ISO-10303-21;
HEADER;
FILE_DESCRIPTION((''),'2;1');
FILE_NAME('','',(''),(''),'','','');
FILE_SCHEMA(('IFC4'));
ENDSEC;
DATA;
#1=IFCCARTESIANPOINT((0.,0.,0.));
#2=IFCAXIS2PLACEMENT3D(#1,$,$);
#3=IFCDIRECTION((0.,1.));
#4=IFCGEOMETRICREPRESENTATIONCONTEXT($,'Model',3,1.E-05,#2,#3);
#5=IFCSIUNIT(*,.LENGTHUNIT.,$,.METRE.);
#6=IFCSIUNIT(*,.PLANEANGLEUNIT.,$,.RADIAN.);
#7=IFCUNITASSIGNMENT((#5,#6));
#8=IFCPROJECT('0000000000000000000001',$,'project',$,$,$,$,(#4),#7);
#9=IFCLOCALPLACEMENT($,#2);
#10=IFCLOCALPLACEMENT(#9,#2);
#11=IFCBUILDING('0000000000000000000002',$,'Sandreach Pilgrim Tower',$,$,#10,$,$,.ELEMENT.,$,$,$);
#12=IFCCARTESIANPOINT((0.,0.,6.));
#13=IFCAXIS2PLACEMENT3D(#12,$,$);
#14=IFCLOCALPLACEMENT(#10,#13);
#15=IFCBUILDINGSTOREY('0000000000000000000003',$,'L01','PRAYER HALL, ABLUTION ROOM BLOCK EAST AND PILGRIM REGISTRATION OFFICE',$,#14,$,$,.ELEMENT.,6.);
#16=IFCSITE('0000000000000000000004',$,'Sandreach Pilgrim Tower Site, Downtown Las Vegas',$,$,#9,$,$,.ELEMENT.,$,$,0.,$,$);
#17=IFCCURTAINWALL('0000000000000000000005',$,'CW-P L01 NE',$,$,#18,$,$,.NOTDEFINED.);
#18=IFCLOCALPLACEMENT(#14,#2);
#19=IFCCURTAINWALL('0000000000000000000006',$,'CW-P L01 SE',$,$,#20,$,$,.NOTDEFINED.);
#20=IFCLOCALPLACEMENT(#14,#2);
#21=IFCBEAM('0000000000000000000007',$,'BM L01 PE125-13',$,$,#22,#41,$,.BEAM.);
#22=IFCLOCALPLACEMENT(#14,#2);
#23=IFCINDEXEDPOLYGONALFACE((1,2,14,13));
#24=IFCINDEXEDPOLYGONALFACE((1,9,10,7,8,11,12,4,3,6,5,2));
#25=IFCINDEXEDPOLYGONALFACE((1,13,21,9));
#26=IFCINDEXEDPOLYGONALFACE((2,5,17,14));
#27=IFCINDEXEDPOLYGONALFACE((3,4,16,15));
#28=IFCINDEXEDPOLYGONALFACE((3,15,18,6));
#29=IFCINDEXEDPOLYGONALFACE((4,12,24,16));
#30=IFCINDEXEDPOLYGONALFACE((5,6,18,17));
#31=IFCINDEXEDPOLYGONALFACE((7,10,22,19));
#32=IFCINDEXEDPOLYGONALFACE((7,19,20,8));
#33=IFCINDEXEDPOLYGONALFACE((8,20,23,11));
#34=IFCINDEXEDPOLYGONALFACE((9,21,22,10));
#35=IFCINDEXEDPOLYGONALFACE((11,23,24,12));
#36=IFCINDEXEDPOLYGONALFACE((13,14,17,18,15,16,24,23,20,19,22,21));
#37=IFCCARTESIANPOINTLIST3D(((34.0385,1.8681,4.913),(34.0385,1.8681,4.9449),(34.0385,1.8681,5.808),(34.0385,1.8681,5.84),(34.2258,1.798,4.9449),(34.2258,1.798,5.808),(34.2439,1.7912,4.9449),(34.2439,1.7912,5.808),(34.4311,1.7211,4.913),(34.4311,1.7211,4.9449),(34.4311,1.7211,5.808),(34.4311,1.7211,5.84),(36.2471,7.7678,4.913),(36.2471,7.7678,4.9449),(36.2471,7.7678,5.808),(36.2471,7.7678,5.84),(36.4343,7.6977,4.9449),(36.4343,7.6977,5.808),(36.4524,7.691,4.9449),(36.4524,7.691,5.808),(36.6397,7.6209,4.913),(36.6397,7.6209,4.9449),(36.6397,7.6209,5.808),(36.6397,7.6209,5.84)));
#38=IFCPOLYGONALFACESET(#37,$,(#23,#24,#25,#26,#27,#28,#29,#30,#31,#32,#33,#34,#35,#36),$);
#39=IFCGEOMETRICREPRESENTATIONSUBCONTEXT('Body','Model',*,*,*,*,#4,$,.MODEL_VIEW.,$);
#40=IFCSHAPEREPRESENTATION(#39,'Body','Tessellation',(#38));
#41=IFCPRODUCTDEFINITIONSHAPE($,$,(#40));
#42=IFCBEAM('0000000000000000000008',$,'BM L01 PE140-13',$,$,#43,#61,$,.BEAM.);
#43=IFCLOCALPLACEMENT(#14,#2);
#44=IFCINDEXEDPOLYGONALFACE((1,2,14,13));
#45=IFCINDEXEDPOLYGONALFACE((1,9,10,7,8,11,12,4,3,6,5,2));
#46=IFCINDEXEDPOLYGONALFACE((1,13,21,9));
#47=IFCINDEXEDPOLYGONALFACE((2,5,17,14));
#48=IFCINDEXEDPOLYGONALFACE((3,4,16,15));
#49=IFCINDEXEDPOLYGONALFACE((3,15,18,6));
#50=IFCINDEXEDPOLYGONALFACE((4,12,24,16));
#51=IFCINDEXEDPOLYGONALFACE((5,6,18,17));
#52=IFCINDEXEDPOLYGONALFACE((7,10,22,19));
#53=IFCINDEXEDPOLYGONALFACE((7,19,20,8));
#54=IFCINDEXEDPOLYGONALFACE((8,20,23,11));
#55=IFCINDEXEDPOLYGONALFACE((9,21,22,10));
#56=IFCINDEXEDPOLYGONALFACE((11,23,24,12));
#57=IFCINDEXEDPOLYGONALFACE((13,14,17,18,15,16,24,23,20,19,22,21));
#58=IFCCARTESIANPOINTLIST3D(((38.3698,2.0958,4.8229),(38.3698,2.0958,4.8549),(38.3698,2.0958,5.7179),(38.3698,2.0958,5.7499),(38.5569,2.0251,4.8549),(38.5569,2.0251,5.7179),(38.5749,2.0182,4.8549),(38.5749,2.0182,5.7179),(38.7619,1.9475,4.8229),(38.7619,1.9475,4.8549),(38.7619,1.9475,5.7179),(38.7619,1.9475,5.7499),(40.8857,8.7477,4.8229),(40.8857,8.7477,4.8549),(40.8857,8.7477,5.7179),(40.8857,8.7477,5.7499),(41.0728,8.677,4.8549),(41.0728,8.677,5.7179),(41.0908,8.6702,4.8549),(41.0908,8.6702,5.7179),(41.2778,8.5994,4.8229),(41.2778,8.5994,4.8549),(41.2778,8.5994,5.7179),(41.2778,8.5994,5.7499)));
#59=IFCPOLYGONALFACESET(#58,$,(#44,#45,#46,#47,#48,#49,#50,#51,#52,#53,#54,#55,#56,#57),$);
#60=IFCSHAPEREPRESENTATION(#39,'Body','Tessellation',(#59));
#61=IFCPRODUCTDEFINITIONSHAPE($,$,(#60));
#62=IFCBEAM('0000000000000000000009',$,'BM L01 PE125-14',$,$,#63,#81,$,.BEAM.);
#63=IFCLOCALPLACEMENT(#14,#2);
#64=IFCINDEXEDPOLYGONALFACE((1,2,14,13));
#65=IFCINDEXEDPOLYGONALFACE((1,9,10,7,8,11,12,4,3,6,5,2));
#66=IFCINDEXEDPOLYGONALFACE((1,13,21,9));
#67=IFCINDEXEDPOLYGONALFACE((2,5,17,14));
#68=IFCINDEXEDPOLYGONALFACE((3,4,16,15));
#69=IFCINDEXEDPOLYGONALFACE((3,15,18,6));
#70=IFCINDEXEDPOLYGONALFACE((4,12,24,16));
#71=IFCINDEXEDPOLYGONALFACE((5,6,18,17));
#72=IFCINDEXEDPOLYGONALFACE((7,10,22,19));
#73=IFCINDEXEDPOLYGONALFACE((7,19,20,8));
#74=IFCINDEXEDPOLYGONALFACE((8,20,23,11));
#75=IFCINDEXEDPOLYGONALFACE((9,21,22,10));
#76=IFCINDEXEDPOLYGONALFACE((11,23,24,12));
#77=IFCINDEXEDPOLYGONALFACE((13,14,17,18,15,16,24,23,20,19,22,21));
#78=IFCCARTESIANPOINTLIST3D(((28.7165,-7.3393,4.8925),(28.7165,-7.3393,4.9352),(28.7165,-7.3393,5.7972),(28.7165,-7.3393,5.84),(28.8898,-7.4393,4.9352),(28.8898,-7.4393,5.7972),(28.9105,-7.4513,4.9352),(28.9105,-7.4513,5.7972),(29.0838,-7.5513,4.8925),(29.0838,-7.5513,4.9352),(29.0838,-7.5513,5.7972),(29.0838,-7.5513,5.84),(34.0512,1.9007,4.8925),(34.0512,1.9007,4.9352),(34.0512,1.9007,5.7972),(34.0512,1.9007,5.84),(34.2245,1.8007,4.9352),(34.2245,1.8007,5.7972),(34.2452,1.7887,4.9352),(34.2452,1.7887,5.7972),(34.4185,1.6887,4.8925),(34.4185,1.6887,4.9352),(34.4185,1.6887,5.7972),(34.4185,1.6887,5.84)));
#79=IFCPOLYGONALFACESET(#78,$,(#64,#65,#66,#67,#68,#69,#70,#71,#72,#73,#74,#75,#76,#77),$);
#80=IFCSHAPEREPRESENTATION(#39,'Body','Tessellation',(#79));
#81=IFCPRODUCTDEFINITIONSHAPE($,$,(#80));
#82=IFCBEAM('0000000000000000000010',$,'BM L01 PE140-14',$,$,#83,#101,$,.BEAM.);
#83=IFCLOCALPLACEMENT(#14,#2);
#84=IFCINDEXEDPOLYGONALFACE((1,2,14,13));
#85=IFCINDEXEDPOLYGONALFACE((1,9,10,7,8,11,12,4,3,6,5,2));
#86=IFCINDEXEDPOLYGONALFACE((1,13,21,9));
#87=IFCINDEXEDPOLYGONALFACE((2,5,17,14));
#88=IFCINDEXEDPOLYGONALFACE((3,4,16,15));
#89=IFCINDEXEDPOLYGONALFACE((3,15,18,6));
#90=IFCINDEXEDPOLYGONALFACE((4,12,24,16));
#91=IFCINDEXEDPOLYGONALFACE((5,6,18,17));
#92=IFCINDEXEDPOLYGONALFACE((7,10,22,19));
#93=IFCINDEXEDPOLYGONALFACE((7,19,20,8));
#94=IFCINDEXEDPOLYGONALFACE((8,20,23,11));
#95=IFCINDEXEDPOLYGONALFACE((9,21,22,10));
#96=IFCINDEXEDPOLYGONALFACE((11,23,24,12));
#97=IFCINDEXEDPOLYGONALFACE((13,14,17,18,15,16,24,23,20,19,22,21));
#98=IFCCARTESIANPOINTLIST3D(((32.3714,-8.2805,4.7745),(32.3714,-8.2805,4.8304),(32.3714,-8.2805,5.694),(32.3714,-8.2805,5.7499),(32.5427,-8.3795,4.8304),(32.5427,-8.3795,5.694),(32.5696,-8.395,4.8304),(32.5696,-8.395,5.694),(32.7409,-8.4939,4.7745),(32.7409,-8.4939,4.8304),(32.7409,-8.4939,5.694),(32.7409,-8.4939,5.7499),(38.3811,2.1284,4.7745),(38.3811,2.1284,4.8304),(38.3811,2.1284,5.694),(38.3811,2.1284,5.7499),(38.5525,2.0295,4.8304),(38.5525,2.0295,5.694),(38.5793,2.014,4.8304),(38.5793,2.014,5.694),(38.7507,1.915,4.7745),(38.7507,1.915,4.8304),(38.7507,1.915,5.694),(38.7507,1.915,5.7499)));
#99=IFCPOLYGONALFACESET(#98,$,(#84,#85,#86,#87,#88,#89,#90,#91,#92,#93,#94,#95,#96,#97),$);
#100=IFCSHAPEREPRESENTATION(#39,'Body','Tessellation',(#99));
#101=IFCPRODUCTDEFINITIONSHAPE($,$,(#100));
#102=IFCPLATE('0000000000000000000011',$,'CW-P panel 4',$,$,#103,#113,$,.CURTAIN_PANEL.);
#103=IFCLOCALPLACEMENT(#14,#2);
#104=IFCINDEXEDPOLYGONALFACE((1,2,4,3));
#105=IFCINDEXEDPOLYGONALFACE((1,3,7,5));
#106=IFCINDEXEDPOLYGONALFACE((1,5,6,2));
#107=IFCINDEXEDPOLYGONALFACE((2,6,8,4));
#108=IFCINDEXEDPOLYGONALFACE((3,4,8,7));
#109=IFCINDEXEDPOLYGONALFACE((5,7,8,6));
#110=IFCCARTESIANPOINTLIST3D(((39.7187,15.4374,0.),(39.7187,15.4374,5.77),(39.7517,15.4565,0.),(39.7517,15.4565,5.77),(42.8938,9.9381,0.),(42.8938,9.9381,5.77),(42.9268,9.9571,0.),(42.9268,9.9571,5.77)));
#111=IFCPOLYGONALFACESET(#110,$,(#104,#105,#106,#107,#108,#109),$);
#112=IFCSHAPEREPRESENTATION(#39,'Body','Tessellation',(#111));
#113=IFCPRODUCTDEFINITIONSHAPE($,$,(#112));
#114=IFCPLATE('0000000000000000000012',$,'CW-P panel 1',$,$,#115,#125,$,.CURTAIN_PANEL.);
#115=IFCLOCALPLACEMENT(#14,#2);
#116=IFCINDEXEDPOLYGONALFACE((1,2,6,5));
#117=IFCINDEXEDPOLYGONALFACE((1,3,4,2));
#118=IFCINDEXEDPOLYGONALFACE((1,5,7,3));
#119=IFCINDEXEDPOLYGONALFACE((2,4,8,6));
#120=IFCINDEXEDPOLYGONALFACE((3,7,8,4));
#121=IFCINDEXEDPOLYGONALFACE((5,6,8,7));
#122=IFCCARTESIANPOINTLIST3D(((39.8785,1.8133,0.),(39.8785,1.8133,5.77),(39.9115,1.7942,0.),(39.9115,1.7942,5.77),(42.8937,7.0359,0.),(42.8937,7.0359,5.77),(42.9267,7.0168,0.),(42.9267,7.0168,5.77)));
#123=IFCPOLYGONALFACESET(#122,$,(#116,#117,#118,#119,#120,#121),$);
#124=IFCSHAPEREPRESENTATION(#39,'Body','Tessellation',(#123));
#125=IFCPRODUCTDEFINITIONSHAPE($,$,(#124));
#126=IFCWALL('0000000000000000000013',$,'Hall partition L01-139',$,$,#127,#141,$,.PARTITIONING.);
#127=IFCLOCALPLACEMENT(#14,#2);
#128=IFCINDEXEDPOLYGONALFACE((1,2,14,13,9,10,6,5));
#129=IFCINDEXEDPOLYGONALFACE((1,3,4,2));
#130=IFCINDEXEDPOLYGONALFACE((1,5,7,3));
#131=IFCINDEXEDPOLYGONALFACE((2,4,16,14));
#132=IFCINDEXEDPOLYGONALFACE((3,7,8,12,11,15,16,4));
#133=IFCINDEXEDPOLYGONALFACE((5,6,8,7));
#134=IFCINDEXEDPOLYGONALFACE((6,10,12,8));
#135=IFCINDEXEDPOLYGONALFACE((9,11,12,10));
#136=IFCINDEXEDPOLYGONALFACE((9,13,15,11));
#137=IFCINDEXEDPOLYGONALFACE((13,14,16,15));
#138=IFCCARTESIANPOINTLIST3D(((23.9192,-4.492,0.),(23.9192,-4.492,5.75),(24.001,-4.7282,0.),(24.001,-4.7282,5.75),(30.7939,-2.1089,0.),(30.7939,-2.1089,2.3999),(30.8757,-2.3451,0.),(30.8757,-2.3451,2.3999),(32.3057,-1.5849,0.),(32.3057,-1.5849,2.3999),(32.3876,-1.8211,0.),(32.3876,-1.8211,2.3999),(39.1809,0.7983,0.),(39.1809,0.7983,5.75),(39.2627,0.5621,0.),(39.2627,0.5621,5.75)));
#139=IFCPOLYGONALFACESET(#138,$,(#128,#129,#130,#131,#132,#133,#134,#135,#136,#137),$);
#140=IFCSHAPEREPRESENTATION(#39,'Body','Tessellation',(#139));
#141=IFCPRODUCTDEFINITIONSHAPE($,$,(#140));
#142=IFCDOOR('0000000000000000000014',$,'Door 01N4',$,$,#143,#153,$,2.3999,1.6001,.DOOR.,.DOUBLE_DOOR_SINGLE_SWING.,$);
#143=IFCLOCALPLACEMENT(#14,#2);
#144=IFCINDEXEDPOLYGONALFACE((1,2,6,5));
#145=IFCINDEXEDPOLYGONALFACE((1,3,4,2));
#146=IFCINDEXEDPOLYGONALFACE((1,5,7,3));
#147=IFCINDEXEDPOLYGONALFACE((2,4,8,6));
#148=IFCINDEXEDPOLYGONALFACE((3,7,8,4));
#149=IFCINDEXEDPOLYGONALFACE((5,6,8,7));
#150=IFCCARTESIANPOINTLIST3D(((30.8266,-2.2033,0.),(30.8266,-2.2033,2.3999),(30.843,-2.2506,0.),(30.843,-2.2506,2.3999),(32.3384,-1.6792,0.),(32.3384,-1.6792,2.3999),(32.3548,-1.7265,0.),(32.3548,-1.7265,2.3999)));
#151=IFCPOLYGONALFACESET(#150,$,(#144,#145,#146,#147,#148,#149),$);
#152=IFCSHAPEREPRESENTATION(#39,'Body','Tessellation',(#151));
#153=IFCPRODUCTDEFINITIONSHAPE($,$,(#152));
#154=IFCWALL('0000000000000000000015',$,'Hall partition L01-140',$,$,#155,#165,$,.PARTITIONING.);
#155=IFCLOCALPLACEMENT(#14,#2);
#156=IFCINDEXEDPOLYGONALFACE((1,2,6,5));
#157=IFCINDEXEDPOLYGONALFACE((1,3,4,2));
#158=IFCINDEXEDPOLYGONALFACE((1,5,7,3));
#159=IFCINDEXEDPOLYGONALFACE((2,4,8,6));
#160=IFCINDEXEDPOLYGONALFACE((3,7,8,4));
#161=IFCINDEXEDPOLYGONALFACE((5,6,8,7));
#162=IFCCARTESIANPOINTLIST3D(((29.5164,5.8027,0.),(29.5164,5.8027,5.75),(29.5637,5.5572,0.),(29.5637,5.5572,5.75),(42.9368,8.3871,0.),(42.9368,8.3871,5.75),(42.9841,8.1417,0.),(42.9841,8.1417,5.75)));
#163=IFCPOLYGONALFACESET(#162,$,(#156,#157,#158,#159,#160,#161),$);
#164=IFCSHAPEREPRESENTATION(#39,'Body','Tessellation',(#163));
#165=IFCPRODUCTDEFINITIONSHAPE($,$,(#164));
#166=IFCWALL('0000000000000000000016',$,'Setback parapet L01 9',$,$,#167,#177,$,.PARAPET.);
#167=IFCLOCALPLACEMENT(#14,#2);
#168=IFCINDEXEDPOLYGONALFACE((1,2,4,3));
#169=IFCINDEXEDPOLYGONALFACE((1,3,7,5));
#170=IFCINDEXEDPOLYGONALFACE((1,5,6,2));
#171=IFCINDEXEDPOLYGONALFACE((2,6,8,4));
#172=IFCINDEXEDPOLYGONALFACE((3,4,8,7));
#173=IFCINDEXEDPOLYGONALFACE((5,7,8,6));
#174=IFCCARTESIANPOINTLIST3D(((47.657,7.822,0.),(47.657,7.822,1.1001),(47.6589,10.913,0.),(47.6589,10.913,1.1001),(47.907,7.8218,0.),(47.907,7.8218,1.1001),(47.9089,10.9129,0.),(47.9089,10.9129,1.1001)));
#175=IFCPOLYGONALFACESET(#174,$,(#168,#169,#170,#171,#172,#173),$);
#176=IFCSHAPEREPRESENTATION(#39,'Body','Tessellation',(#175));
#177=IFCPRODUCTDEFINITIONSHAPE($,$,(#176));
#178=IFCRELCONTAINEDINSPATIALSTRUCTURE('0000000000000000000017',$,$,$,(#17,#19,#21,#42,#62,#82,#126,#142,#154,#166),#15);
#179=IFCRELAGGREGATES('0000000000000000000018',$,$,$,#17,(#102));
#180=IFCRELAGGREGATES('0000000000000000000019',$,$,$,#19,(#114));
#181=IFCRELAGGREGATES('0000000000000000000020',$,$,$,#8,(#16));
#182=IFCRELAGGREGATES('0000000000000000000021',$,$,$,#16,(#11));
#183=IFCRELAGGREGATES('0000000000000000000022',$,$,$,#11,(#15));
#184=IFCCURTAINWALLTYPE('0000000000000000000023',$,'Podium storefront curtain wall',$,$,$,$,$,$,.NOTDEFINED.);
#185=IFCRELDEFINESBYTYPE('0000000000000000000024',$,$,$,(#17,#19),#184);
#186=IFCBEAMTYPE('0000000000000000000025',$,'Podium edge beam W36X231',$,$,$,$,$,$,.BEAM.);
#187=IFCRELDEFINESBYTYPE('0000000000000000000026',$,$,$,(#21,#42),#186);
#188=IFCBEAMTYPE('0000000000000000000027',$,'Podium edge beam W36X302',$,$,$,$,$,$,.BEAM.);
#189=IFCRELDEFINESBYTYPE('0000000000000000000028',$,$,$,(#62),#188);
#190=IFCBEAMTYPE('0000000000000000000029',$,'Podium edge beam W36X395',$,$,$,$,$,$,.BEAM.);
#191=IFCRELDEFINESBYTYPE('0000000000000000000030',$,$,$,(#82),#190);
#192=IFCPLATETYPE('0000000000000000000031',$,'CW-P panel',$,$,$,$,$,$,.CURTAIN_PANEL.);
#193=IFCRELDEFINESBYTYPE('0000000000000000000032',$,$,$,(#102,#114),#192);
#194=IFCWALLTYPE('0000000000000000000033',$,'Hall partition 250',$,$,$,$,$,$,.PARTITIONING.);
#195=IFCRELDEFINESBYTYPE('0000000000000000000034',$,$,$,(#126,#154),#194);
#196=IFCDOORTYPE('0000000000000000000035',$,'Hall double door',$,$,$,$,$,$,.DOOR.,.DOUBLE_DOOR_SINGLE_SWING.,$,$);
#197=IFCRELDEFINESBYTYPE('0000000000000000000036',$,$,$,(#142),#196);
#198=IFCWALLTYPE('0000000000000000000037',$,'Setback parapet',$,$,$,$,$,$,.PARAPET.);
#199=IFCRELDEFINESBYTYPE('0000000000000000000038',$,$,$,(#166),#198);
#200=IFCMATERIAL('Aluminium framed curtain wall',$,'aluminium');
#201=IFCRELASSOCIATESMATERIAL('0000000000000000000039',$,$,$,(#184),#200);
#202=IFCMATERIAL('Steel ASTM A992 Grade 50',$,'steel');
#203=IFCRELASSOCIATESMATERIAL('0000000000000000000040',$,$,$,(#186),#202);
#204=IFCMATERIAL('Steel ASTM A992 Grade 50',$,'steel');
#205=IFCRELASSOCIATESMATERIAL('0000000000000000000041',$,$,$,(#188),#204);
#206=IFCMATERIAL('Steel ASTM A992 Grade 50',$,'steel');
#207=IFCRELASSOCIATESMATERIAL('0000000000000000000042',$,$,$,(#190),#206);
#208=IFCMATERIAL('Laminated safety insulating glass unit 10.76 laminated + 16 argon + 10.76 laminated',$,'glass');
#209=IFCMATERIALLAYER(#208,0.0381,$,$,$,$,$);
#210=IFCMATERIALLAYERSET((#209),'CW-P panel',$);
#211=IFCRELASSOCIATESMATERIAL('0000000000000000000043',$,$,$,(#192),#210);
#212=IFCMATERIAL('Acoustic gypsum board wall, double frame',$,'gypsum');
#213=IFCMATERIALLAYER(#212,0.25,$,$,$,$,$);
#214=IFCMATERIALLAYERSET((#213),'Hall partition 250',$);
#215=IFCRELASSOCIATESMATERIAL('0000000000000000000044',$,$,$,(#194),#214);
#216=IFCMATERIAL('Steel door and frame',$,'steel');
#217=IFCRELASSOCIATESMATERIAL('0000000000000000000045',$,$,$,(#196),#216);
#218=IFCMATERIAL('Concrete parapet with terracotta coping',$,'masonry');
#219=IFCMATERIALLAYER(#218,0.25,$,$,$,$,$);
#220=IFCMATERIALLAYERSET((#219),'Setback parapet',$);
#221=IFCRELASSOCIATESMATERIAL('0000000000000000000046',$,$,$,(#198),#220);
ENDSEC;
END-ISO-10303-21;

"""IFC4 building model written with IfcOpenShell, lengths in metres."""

from ifc_helpers import new_model, si_unit, direction, frame, frame_2d, origin, origin_2d, place, context, subcontext, project, spatial, rectangle, i_section, extrude, material, layer, layer_set, material_profile, profile_set, type_object, element, fill, aggregate, save


model = new_model("IFC4")

# Units and contexts
model_context = context("Model", 3, precision=1e-05, world=origin(), true_north=direction((0.0, 1.0)))
body_context = subcontext(model_context, "Body", "Model", "MODEL_VIEW")
ifc_project = project(units=[si_unit("LENGTHUNIT", "METRE"), si_unit("PLANEANGLEUNIT", "RADIAN")], contexts=[model_context])

# Site, building, storey
site_placement = place(None, origin())
site = spatial("IfcSite", under=ifc_project, at=site_placement, Name="Sandreach Pilgrim Tower Site, Downtown Las Vegas", CompositionType="ELEMENT", RefElevation=0.0)
building_placement = place(site_placement, origin())
building = spatial("IfcBuilding", under=site, at=building_placement, Name="Sandreach Pilgrim Tower", CompositionType="ELEMENT")
storey_placement = place(building_placement, frame((0.0, 0.0, 6.0)))
storey = spatial("IfcBuildingStorey", under=building, at=storey_placement, Name="L01", Description="PRAYER HALL, ABLUTION ROOM BLOCK EAST AND PILGRIM REGISTRATION OFFICE", CompositionType="ELEMENT", Elevation=6.0)

# Curtain wall
ifc_material_1 = material(Name="Aluminium framed curtain wall", Category="aluminium")
curtain_wall_type = type_object("IfcCurtainWallType", Name="Podium storefront curtain wall", PredefinedType="NOTDEFINED", material=ifc_material_1)
curtain_wall_1_placement = place(storey_placement, origin())
curtain_wall_1 = element("IfcCurtainWall", 1, at=curtain_wall_1_placement, inside=storey, type_object=curtain_wall_type, Name="CW-P L01 NE", PredefinedType="NOTDEFINED")

# Curtain wall
curtain_wall_2_placement = place(storey_placement, origin())
curtain_wall_2 = element("IfcCurtainWall", 2, at=curtain_wall_2_placement, inside=storey, type_object=curtain_wall_type, Name="CW-P L01 SE", PredefinedType="NOTDEFINED")

# Beams
ifc_material_2 = material(Name="Steel ASTM A992 Grade 50", Category="steel")
ifc_material_profile_1 = material_profile(ifc_material_2, i_section(OverallWidth=0.4192, OverallDepth=0.927, WebThickness=0.0193, FlangeThickness=0.032, at=origin_2d()), Name="W36X231")
ifc_profile_set_1 = profile_set([ifc_material_profile_1], Name="Steel ASTM A992 Grade 50")
beam_type_1 = type_object("IfcBeamType", Name="Podium edge beam W36X231", PredefinedType="BEAM", material=ifc_profile_set_1)
beam_1_placement = place(storey_placement, frame((36.4434, 7.6943, 5.3765), z_axis=(-0.350584, -0.936531, 0.0), x_axis=(0.936531, -0.350584, 0.0)))
element("IfcBeam", 3, at=beam_1_placement, inside=storey, type_object=beam_type_1, Name="BM L01 PE125-13", PredefinedType="BEAM", context=body_context, shape_type="SweptSolid", body=[
    extrude(i_section(OverallWidth=0.4192, OverallDepth=0.927, WebThickness=0.0193, FlangeThickness=0.032, at=origin_2d()), origin(), (0.0, 0.0, 1.0), 6.2996),
])
beam_2_placement = place(storey_placement, frame((41.0818, 8.6736, 5.2864), z_axis=(-0.353763, -0.935335, 0.0), x_axis=(0.935335, -0.353763, 0.0)))
element("IfcBeam", 4, at=beam_2_placement, inside=storey, type_object=beam_type_1, Name="BM L01 PE140-13", PredefinedType="BEAM", context=body_context, shape_type="SweptSolid", body=[
    extrude(i_section(OverallWidth=0.4192, OverallDepth=0.927, WebThickness=0.0193, FlangeThickness=0.032, at=origin_2d()), origin(), (0.0, 0.0, 1.0), 7.1118),
])
ifc_material_3 = material(Name="Steel ASTM A992 Grade 50", Category="steel")
ifc_material_profile_2 = material_profile(ifc_material_3, i_section(OverallWidth=0.4241, OverallDepth=0.9475, WebThickness=0.0239, FlangeThickness=0.0427, at=origin_2d()), Name="W36X302")
ifc_profile_set_2 = profile_set([ifc_material_profile_2], Name="Steel ASTM A992 Grade 50")
beam_type_2 = type_object("IfcBeamType", Name="Podium edge beam W36X302", PredefinedType="BEAM", material=ifc_profile_set_2)
beam_3_placement = place(storey_placement, frame((34.2349, 1.7947, 5.3662), z_axis=(-0.5, -0.866025, 0.0), x_axis=(0.866025, -0.5, 0.0)))
element("IfcBeam", 5, at=beam_3_placement, inside=storey, type_object=beam_type_2, Name="BM L01 PE125-14", PredefinedType="BEAM", context=body_context, shape_type="SweptSolid", body=[
    extrude(i_section(OverallWidth=0.4241, OverallDepth=0.9475, WebThickness=0.0239, FlangeThickness=0.0427, at=origin_2d()), origin(), (0.0, 0.0, 1.0), 10.6694),
])
ifc_material_4 = material(Name="Steel ASTM A992 Grade 50", Category="steel")
ifc_material_profile_3 = material_profile(ifc_material_4, i_section(OverallWidth=0.4268, OverallDepth=0.9753, WebThickness=0.031, FlangeThickness=0.0559, at=origin_2d()), Name="W36X395")
ifc_profile_set_3 = profile_set([ifc_material_profile_3], Name="Steel ASTM A992 Grade 50")
beam_type_3 = type_object("IfcBeamType", Name="Podium edge beam W36X395", PredefinedType="BEAM", material=ifc_profile_set_3)
beam_4_placement = place(storey_placement, frame((38.5659, 2.0217, 5.2622), z_axis=(-0.50001, -0.866019, 0.0), x_axis=(0.866019, -0.50001, 0.0)))
element("IfcBeam", 6, at=beam_4_placement, inside=storey, type_object=beam_type_3, Name="BM L01 PE140-14", PredefinedType="BEAM", context=body_context, shape_type="SweptSolid", body=[
    extrude(i_section(OverallWidth=0.4268, OverallDepth=0.9753, WebThickness=0.031, FlangeThickness=0.0559, at=origin_2d()), origin(), (0.0, 0.0, 1.0), 12.0193),
])

# Plates
ifc_material_5 = material(Name="Laminated safety insulating glass unit 10.76 laminated + 16 argon + 10.76 laminated", Category="glass")
ifc_layer_1 = layer(ifc_material_5, 0.0381)
ifc_layer_set_1 = layer_set([ifc_layer_1], Name="CW-P panel")
plate_type = type_object("IfcPlateType", Name="CW-P panel", PredefinedType="CURTAIN_PANEL", material=ifc_layer_set_1)
plate_1_placement = place(storey_placement, frame((41.3228, 12.6973, 0.0), z_axis=(0.0, 0.0, 1.0), x_axis=(0.5, -0.866025, 0.0)))
plate_1 = element("IfcPlate", 7, at=plate_1_placement, type_object=plate_type, Name="CW-P panel 4", PredefinedType="CURTAIN_PANEL", context=body_context, shape_type="SweptSolid", body=[
    extrude(rectangle(XDim=6.3501, YDim=0.0381, at=origin_2d()), origin(), (0.0, 0.0, 1.0), 5.77),
])
aggregate(curtain_wall_1, [plate_1])
plate_2_placement = place(storey_placement, frame((41.4026, 4.415, 0.0), z_axis=(0.0, 0.0, 1.0), x_axis=(-0.5, -0.866025, 0.0)))
plate_2 = element("IfcPlate", 8, at=plate_2_placement, type_object=plate_type, Name="CW-P panel 1", PredefinedType="CURTAIN_PANEL", context=body_context, shape_type="SweptSolid", body=[
    extrude(rectangle(XDim=6.0305, YDim=0.0381, at=origin_2d()), origin(), (0.0, 0.0, 1.0), 5.77),
])
aggregate(curtain_wall_2, [plate_2])

# Wall, opening, door
ifc_material_6 = material(Name="Acoustic gypsum board wall, double frame", Category="gypsum")
ifc_layer_2 = layer(ifc_material_6, 0.25)
ifc_layer_set_2 = layer_set([ifc_layer_2], Name="Hall partition 250")
wall_type_1 = type_object("IfcWallType", Name="Hall partition 250", PredefinedType="PARTITIONING", material=ifc_layer_set_2)
wall_1_placement = place(storey_placement, frame((39.2217, 0.6802, 0.0), z_axis=(0.0, 0.0, 1.0), x_axis=(-0.944845, -0.327519, 0.0)))
wall_1 = element("IfcWall", 9, at=wall_1_placement, inside=storey, type_object=wall_type_1, Name="Hall partition L01-139", PredefinedType="PARTITIONING", context=body_context, shape_type="SweptSolid", body=[
    extrude(rectangle(XDim=16.1526, YDim=0.25, at=frame_2d((8.0762, 0.0))), origin(), (0.0, 0.0, 1.0), 5.75),
])
opening_placement = place(wall_1_placement, frame((7.2764, 0.0, 0.0)))
opening = element("IfcOpeningElement", 10, at=opening_placement, cuts=wall_1, PredefinedType="OPENING", context=body_context, shape_type="SweptSolid", body=[
    extrude(rectangle(XDim=1.6001, YDim=2.3999, at=frame_2d((0.8, 1.2))), frame((0.0, 0.125, 0.0), z_axis=(0.0, -1.0, 0.0), x_axis=(1.0, 0.0, 0.0)), (0.0, 0.0, 1.0), 0.25),
])
ifc_material_7 = material(Name="Steel door and frame", Category="steel")
door_type = type_object("IfcDoorType", Name="Hall double door", OperationType="DOUBLE_DOOR_SINGLE_SWING", PredefinedType="DOOR", material=ifc_material_7)
door_placement = place(opening_placement, origin())
door = element("IfcDoor", 11, at=door_placement, inside=storey, type_object=door_type, Name="Door 01N4", OperationType="DOUBLE_DOOR_SINGLE_SWING", OverallHeight=2.3999, OverallWidth=1.6001, PredefinedType="DOOR", context=body_context, shape_type="SweptSolid", body=[
    extrude(rectangle(XDim=1.6001, YDim=2.3999, at=frame_2d((0.8, 1.2))), frame((0.0, 0.0249, 0.0), z_axis=(0.0, -1.0, 0.0), x_axis=(1.0, 0.0, 0.0)), (0.0, 0.0, 1.0), 0.05),
])
fill(opening, door)

# Walls
wall_2_placement = place(storey_placement, frame((42.9604, 8.2644, 0.0), z_axis=(0.0, 0.0, 1.0), x_axis=(-0.981957, -0.189103, 0.0)))
element("IfcWall", 12, at=wall_2_placement, inside=storey, type_object=wall_type_1, Name="Hall partition L01-140", PredefinedType="PARTITIONING", context=body_context, shape_type="SweptSolid", body=[
    extrude(rectangle(XDim=13.667, YDim=0.25, at=frame_2d((6.8335, 0.0))), origin(), (0.0, 0.0, 1.0), 5.75),
])
ifc_material_8 = material(Name="Concrete parapet with terracotta coping", Category="masonry")
ifc_layer_3 = layer(ifc_material_8, 0.25)
ifc_layer_set_3 = layer_set([ifc_layer_3], Name="Setback parapet")
wall_type_2 = type_object("IfcWallType", Name="Setback parapet", PredefinedType="PARAPET", material=ifc_layer_set_3)
wall_3_placement = place(storey_placement, frame((47.782, 7.822, 0.0), z_axis=(0.0, 0.0, 1.0), x_axis=(0.000632, 1.0, 0.0)))
element("IfcWall", 13, at=wall_3_placement, inside=storey, type_object=wall_type_2, Name="Setback parapet L01 9", PredefinedType="PARAPET", context=body_context, shape_type="SweptSolid", body=[
    extrude(rectangle(XDim=3.0911, YDim=0.25, at=frame_2d((1.5454, 0.0))), origin(), (0.0, 0.0, 1.0), 1.1001),
])

save(model, "model.ifc")
